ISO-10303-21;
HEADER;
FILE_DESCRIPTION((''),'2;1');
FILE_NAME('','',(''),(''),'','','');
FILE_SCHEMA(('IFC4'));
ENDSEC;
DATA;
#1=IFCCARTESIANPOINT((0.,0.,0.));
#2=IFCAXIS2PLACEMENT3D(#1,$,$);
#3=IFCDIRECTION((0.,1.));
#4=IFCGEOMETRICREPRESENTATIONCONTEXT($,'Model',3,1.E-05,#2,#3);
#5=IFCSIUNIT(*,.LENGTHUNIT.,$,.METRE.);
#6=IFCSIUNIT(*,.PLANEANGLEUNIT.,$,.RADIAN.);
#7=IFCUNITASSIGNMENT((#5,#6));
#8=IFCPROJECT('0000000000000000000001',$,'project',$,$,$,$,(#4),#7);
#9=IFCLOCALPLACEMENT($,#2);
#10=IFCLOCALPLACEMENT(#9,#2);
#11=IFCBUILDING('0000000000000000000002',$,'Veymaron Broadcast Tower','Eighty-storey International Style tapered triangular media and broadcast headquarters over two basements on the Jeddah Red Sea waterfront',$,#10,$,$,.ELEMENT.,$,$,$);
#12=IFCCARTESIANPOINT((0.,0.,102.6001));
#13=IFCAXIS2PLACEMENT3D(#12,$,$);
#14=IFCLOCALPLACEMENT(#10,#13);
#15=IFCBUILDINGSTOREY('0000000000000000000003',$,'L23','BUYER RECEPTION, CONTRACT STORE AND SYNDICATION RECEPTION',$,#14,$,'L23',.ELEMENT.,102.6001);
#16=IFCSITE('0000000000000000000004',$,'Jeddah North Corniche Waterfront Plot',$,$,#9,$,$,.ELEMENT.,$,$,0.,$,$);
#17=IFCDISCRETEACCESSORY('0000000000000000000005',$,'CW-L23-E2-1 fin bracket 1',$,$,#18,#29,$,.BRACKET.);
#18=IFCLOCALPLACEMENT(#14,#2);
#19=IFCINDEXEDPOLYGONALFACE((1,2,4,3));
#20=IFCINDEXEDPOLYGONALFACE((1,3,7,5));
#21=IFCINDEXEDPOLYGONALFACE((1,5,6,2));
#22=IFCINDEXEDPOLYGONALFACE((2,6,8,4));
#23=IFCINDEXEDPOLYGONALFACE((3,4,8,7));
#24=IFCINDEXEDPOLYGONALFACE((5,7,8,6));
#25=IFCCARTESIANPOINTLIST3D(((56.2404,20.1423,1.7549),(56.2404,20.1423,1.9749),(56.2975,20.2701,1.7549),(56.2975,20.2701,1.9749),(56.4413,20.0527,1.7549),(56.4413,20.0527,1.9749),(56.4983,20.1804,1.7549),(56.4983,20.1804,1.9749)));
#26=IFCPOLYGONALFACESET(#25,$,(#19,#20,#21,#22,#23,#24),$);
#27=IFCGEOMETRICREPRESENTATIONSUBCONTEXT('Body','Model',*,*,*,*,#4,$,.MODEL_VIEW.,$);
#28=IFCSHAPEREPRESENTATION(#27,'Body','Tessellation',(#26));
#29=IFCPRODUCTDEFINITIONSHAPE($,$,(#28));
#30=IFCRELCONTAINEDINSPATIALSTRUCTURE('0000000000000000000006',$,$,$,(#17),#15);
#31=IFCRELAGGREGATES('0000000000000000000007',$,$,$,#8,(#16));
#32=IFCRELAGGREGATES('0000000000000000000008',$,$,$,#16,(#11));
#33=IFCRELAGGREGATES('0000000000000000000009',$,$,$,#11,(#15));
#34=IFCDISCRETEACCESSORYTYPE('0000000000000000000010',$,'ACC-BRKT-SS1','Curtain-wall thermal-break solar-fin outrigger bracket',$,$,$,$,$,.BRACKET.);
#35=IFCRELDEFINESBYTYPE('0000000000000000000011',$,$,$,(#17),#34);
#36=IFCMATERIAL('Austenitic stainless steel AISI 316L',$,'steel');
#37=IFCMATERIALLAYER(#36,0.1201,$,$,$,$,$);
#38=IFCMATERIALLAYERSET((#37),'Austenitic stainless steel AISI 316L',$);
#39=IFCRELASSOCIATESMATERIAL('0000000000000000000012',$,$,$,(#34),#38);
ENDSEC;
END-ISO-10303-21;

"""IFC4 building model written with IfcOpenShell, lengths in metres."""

from ifc_helpers import new_model, si_unit, direction, frame, origin, origin_2d, place, context, subcontext, project, spatial, rectangle, extrude, material, layer, layer_set, type_object, element, save


model = new_model("IFC4")

# Units and contexts
model_context = context("Model", 3, precision=1e-05, world=origin(), true_north=direction((0.0, 1.0)))
body_context = subcontext(model_context, "Body", "Model", "MODEL_VIEW")
ifc_project = project(units=[si_unit("LENGTHUNIT", "METRE"), si_unit("PLANEANGLEUNIT", "RADIAN")], contexts=[model_context])

# Site, building, storey
site_placement = place(None, origin())
site = spatial("IfcSite", under=ifc_project, at=site_placement, Name="Jeddah North Corniche Waterfront Plot", CompositionType="ELEMENT", RefElevation=0.0)
building_placement = place(site_placement, origin())
building = spatial("IfcBuilding", under=site, at=building_placement, Name="Veymaron Broadcast Tower", Description="Eighty-storey International Style tapered triangular media and broadcast headquarters over two basements on the Jeddah Red Sea waterfront", CompositionType="ELEMENT")
storey_placement = place(building_placement, frame((0.0, 0.0, 102.6001)))
storey = spatial("IfcBuildingStorey", under=building, at=storey_placement, Name="L23", Description="BUYER RECEPTION, CONTRACT STORE AND SYNDICATION RECEPTION", LongName="L23", CompositionType="ELEMENT", Elevation=102.6001)

# Discrete accessory
ifc_material_1 = material(Name="Austenitic stainless steel AISI 316L", Category="steel")
ifc_layer_1 = layer(ifc_material_1, 0.1201)
ifc_layer_set_1 = layer_set([ifc_layer_1], Name="Austenitic stainless steel AISI 316L")
discrete_accessory_type = type_object("IfcDiscreteAccessoryType", Name="ACC-BRKT-SS1", Description="Curtain-wall thermal-break solar-fin outrigger bracket", PredefinedType="BRACKET", material=ifc_layer_set_1)
discrete_accessory_placement = place(storey_placement, frame((56.3694, 20.1614, 1.7549), z_axis=(0.0, 0.0, 1.0), x_axis=(0.913197, -0.407518, 0.0)))
element("IfcDiscreteAccessory", 1, at=discrete_accessory_placement, inside=storey, type_object=discrete_accessory_type, Name="CW-L23-E2-1 fin bracket 1", PredefinedType="BRACKET", context=body_context, shape_type="SweptSolid", body=[
    extrude(rectangle(XDim=0.22, YDim=0.1399, at=origin_2d()), origin(), (0.0, 0.0, 1.0), 0.22),
])

save(model, "model.ifc")
